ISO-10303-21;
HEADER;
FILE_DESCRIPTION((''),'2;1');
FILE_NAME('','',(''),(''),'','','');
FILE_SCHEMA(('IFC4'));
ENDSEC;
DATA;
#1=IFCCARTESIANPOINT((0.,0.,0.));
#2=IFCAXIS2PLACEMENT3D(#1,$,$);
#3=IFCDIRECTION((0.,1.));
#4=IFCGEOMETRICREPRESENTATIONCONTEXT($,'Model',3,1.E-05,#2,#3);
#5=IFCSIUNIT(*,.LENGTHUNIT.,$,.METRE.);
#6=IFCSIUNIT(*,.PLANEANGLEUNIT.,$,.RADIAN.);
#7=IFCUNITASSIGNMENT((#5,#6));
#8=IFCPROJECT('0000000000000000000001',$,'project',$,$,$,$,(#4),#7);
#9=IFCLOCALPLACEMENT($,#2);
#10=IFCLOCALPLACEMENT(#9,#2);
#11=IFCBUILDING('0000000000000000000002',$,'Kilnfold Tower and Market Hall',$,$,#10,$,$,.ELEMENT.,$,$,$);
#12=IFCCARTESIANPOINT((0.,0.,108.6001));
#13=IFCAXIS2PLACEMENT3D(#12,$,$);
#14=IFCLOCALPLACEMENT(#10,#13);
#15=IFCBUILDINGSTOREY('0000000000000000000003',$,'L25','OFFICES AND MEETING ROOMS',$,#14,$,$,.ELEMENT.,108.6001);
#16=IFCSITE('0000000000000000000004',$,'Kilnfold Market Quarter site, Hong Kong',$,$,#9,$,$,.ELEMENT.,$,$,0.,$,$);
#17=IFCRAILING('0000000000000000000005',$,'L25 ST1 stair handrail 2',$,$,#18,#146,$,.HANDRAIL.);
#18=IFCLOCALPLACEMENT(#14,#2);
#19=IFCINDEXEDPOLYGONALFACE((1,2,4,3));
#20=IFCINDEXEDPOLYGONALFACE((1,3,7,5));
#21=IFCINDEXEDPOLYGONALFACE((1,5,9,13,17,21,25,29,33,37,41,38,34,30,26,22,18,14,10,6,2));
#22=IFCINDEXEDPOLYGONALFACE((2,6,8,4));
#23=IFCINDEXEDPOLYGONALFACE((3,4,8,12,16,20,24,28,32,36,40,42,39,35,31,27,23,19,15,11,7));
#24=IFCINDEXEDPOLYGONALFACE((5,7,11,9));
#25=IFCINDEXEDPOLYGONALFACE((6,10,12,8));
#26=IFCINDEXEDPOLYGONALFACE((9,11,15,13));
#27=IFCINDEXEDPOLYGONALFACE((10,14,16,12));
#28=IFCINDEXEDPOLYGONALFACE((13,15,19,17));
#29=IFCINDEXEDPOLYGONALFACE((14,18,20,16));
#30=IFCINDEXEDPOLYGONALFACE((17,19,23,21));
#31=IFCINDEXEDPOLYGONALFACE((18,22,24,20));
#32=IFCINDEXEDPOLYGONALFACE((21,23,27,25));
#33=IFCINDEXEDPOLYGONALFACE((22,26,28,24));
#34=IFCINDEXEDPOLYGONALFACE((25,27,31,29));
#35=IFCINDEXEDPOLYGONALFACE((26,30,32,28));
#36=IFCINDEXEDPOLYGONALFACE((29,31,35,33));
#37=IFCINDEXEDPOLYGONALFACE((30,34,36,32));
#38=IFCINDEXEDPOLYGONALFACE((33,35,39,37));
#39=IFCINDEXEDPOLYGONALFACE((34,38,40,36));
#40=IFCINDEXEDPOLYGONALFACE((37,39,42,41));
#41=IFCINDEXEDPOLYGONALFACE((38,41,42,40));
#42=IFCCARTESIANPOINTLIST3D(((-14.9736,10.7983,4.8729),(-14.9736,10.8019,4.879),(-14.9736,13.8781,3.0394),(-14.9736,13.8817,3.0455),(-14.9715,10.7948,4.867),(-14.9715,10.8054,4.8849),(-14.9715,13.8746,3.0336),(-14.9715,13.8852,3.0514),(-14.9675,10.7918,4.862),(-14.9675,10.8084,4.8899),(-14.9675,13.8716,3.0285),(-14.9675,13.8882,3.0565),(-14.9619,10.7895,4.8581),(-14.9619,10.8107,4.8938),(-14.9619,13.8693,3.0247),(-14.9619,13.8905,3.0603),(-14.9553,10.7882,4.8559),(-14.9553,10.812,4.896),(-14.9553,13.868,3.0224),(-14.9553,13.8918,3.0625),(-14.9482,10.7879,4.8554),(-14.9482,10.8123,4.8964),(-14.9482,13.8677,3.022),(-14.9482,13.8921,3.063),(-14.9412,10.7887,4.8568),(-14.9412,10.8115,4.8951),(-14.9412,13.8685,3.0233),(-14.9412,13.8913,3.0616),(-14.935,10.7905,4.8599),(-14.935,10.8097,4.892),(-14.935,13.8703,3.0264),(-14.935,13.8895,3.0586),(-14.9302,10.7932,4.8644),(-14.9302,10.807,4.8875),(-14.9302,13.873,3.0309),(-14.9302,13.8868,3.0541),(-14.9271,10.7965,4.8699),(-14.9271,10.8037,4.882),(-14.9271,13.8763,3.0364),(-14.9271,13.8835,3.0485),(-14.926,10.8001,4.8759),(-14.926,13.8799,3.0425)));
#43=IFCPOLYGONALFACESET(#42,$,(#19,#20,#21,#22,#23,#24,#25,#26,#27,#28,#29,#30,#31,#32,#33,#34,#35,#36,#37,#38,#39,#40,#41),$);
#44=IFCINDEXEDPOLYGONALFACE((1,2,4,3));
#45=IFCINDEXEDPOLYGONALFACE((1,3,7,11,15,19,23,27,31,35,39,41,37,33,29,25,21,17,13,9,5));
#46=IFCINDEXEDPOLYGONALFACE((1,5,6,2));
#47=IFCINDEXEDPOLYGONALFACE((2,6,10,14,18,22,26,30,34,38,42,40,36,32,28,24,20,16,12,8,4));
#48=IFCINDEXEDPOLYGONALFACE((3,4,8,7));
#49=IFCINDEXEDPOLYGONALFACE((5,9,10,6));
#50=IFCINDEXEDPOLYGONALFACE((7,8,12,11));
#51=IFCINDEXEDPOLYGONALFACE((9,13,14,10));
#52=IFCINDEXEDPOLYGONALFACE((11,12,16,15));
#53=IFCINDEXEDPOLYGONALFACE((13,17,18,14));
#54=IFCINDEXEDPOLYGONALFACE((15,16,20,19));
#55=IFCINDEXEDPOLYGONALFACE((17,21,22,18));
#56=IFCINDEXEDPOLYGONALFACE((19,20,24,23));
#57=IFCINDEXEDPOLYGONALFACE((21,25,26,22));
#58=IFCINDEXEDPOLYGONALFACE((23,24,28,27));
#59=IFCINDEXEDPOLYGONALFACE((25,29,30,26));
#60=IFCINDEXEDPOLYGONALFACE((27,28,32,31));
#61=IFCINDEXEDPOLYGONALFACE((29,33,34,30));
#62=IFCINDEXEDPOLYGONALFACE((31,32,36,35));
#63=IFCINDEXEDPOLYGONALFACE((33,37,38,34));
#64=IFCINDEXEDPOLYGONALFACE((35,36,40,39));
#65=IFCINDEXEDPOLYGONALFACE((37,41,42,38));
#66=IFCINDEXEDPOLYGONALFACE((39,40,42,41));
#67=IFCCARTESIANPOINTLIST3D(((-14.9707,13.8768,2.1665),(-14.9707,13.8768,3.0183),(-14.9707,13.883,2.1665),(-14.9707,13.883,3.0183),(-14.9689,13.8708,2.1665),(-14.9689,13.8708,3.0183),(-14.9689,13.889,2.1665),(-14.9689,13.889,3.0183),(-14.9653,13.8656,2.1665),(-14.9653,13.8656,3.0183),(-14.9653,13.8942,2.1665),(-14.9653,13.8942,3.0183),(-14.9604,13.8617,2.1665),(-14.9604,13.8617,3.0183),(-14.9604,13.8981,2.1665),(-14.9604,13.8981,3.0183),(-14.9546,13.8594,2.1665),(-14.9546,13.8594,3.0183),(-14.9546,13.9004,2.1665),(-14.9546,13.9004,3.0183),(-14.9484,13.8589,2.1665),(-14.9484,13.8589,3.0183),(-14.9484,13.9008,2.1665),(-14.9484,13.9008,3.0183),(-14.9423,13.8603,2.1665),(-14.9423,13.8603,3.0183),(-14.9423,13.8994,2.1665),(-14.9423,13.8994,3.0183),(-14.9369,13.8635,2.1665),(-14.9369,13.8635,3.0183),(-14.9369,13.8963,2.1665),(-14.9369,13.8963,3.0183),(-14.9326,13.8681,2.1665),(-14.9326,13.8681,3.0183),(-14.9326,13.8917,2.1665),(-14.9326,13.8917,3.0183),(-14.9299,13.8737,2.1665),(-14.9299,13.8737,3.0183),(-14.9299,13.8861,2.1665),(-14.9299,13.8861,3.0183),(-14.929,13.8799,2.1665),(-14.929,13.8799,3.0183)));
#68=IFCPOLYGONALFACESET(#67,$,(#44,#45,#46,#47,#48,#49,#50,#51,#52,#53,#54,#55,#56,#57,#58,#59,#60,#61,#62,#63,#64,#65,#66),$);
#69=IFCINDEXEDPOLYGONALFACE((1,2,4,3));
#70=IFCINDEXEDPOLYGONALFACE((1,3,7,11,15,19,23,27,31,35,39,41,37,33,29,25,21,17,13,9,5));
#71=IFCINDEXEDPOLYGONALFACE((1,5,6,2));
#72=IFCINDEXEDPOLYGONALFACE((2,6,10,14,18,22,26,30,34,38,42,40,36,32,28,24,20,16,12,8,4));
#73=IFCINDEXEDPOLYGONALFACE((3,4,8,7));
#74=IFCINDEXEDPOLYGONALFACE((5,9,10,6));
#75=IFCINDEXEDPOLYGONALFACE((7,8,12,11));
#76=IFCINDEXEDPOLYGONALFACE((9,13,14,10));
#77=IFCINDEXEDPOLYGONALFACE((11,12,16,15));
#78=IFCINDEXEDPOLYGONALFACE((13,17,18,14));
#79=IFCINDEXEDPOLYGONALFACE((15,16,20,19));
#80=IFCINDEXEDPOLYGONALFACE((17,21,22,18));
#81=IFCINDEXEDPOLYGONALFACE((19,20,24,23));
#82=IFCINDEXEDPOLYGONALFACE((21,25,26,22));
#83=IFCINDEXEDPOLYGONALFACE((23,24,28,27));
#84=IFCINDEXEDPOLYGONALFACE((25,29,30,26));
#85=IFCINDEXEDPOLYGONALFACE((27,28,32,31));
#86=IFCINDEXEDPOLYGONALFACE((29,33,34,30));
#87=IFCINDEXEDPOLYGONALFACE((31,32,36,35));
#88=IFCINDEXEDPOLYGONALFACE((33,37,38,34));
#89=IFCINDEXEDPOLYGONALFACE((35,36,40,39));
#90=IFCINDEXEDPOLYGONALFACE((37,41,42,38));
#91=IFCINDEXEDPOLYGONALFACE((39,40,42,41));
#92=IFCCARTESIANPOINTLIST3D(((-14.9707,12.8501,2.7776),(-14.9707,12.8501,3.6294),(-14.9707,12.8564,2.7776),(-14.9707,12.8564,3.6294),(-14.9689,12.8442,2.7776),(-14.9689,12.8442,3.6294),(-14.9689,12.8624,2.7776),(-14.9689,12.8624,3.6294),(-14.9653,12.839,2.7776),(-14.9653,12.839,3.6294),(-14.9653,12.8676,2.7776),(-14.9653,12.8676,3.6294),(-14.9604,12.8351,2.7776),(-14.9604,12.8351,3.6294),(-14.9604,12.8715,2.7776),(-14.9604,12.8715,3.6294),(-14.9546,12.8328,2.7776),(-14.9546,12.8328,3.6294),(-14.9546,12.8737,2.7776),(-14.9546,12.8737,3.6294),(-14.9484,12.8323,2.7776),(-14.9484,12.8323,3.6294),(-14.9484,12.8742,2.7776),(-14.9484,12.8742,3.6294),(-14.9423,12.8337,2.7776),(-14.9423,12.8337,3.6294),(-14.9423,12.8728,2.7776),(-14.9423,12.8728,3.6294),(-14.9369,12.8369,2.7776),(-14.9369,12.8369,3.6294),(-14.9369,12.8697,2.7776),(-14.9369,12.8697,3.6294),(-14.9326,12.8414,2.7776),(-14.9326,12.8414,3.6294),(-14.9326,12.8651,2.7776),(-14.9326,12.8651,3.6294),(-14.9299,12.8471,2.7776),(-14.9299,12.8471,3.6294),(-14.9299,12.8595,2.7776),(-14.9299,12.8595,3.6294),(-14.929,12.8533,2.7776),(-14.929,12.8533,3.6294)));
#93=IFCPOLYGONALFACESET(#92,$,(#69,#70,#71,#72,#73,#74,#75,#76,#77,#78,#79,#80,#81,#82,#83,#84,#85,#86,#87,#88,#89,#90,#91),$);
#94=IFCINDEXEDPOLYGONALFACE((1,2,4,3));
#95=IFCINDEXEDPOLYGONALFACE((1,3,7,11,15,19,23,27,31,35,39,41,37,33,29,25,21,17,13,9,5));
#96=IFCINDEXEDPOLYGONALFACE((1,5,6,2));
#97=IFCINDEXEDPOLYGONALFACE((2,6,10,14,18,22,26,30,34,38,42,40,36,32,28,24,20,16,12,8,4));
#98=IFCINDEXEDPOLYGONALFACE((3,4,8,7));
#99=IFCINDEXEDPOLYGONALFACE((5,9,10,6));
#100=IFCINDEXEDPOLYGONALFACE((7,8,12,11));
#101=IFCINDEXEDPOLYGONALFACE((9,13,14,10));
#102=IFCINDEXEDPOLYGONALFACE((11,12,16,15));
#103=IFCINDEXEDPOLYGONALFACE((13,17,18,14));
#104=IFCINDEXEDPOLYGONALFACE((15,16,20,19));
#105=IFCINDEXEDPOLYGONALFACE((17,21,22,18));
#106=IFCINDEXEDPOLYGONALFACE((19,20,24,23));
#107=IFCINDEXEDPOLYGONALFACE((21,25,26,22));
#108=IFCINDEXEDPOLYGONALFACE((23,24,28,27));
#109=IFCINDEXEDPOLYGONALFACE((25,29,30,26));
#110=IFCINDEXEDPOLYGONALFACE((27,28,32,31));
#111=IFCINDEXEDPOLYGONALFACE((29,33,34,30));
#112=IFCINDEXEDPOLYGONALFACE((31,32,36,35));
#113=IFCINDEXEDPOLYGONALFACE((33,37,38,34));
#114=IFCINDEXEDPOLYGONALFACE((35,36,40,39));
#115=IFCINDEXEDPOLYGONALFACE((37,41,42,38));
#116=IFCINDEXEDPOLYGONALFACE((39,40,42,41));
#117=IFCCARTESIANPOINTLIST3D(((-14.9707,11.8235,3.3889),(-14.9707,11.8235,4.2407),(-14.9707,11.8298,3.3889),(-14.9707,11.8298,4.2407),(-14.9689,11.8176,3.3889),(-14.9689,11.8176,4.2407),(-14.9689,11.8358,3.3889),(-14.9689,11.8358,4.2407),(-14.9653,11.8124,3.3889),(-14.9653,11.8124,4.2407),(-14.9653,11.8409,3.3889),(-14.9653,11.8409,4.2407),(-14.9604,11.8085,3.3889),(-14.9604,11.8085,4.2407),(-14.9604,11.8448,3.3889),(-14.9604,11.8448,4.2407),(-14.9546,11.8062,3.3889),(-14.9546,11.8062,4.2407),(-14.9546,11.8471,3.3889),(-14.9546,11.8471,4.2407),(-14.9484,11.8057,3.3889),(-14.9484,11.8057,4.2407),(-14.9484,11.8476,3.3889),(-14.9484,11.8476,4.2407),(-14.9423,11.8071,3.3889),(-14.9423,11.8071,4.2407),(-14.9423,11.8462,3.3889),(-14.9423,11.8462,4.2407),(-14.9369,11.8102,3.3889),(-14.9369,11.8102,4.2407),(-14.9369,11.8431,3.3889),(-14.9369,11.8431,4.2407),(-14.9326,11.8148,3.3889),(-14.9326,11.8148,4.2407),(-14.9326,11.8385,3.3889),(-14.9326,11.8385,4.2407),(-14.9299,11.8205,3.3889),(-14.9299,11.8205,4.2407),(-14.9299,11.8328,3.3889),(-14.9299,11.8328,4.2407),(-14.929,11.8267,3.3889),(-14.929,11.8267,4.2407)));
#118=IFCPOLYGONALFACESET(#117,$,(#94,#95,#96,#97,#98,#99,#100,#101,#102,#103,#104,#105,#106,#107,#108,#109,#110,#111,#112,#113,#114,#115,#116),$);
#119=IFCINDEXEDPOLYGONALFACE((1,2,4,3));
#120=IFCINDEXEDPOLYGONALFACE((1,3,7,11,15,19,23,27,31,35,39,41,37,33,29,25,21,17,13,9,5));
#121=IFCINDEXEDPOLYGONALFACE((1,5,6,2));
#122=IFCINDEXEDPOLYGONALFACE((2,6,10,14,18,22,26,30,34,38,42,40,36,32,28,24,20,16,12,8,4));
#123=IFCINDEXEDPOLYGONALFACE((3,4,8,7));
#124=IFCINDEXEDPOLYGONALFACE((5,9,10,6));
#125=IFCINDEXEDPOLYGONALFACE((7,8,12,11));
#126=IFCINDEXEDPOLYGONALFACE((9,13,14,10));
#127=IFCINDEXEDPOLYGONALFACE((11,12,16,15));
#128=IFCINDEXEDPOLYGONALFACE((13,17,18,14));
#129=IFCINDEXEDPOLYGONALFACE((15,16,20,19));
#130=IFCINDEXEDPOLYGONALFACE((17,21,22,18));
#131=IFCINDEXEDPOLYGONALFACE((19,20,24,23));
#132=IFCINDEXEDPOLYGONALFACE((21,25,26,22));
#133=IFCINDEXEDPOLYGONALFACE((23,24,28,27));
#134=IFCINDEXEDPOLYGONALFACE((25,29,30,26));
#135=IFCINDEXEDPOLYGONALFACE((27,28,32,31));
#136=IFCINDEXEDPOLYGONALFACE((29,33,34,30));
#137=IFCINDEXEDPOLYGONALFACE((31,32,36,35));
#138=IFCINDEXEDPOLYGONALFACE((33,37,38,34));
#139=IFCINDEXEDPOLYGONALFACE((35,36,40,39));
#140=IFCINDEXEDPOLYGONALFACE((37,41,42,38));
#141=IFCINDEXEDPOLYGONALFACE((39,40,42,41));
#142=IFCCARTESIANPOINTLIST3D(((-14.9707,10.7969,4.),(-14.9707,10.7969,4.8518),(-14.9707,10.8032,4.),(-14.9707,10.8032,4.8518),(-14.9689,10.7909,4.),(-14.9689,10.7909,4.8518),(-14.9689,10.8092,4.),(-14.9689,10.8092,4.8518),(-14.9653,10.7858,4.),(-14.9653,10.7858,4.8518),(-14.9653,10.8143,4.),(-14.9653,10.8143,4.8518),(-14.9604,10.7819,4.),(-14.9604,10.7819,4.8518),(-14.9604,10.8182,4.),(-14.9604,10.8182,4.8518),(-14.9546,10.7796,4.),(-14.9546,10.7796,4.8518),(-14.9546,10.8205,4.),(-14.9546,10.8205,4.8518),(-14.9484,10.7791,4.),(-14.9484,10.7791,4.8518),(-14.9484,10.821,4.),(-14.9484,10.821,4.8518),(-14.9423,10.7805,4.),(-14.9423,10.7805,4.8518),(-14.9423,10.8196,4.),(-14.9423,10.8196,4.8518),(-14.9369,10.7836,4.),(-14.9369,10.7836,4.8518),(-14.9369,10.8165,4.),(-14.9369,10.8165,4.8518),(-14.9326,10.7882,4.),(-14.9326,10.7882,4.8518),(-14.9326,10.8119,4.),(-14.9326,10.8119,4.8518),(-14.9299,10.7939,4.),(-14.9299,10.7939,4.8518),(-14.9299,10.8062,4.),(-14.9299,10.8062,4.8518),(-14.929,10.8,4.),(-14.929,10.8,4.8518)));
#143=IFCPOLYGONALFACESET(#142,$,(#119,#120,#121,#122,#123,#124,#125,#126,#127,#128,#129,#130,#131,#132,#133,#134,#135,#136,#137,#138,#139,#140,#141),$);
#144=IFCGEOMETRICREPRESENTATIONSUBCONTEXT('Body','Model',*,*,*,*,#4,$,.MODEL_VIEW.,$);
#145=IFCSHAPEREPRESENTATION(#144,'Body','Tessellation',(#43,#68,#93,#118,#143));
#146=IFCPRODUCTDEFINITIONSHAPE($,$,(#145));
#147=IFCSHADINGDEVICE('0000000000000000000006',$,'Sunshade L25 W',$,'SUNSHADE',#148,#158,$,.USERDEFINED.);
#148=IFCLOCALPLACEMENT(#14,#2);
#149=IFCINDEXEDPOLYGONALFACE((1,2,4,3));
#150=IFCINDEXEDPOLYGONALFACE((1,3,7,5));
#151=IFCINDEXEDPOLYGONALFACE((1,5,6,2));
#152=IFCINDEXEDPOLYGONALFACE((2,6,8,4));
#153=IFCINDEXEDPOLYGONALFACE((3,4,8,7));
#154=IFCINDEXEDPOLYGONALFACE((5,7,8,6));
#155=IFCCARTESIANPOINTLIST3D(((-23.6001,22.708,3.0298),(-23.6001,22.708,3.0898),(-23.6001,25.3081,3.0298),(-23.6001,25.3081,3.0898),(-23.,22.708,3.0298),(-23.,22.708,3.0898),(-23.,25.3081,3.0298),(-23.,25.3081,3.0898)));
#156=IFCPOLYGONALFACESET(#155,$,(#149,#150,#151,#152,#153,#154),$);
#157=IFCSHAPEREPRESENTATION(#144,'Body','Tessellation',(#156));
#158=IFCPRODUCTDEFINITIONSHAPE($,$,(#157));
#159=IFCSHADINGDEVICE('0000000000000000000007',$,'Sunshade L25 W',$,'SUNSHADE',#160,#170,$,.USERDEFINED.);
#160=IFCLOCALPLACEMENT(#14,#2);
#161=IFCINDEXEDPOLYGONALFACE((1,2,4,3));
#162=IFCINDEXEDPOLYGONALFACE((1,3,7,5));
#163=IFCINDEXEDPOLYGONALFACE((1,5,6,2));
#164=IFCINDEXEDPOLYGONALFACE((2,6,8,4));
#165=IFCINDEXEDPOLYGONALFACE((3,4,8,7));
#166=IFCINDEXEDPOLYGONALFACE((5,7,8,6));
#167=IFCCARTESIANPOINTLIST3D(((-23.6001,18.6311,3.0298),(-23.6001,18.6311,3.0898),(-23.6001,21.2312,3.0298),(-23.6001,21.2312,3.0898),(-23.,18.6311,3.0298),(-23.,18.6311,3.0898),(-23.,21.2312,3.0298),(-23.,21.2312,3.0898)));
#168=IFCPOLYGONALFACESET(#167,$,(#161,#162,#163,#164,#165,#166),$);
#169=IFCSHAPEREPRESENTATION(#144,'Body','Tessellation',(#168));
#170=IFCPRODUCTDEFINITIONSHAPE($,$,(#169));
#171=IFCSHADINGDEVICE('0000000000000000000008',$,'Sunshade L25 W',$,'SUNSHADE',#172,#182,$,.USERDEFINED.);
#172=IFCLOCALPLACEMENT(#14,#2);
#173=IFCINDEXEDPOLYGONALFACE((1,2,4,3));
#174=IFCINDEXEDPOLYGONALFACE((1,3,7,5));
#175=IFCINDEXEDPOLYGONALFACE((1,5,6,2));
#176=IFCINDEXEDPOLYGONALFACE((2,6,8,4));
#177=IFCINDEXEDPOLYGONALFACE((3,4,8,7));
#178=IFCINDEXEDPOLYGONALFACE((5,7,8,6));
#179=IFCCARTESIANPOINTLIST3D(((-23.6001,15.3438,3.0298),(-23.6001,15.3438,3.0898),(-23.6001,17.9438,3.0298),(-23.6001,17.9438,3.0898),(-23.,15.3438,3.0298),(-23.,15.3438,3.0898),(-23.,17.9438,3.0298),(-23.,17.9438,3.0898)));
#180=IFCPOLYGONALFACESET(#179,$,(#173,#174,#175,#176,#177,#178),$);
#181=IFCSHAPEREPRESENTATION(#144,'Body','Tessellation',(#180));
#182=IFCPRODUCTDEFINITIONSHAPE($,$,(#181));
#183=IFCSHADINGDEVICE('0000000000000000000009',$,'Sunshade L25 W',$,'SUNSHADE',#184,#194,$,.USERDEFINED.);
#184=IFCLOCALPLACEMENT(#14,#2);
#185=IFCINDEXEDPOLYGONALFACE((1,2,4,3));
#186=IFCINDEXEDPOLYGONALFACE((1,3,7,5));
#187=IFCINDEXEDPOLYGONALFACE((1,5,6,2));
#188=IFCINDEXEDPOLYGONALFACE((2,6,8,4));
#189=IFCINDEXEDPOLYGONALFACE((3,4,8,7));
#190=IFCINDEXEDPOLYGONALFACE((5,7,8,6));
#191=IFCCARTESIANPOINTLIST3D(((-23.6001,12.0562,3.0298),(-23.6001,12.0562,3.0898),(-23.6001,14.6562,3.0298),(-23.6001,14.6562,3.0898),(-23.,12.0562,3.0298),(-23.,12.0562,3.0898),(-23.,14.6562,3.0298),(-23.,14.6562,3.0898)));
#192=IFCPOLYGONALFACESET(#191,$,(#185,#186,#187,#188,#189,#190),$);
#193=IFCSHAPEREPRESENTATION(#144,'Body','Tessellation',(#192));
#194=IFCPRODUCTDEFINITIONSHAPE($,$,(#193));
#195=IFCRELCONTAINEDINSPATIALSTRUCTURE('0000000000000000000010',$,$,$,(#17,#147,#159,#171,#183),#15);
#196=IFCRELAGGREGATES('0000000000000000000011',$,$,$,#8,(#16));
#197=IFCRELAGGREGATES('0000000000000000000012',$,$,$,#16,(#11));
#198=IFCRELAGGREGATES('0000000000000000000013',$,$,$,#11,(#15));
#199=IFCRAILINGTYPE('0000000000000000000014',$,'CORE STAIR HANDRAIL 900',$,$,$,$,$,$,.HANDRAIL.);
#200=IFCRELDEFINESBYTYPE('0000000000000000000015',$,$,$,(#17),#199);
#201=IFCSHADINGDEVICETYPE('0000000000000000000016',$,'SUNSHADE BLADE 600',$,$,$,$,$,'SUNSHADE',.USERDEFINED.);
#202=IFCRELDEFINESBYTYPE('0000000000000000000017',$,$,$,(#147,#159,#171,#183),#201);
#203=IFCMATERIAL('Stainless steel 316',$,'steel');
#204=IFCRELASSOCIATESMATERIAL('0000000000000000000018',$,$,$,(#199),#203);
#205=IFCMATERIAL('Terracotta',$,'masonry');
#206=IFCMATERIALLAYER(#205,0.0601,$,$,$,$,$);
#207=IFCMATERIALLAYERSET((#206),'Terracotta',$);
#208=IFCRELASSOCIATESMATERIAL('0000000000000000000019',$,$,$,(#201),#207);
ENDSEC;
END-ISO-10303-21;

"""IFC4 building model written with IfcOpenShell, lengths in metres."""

from ifc_helpers import new_model, si_unit, direction, frame, origin, origin_2d, place, context, subcontext, project, spatial, rectangle, circle, extrude, source, transform, mapped, material, layer, layer_set, type_object, element, save


model = new_model("IFC4")

# Units and contexts
model_context = context("Model", 3, precision=1e-05, world=origin(), true_north=direction((0.0, 1.0)))
body_context = subcontext(model_context, "Body", "Model", "MODEL_VIEW")
ifc_project = project(units=[si_unit("LENGTHUNIT", "METRE"), si_unit("PLANEANGLEUNIT", "RADIAN")], contexts=[model_context])

# Site, building, storey
site_placement = place(None, origin())
site = spatial("IfcSite", under=ifc_project, at=site_placement, Name="Kilnfold Market Quarter site, Hong Kong", CompositionType="ELEMENT", RefElevation=0.0)
building_placement = place(site_placement, origin())
building = spatial("IfcBuilding", under=site, at=building_placement, Name="Kilnfold Tower and Market Hall", CompositionType="ELEMENT")
storey_placement = place(building_placement, frame((0.0, 0.0, 108.6001)))
storey = spatial("IfcBuildingStorey", under=building, at=storey_placement, Name="L25", Description="OFFICES AND MEETING ROOMS", CompositionType="ELEMENT", Elevation=108.6001)

# Railing
ifc_material_1 = material(Name="Stainless steel 316", Category="steel")
railing_type = type_object("IfcRailingType", Name="CORE STAIR HANDRAIL 900", PredefinedType="HANDRAIL", material=ifc_material_1)
railing_placement = place(storey_placement, frame((-14.95, 13.8799, 2.1665)))
element("IfcRailing", 1, at=railing_placement, inside=storey, type_object=railing_type, Name="L25 ST1 stair handrail 2", PredefinedType="HANDRAIL", context=body_context, shape_type="SweptSolid", body=[
    extrude(circle(Radius=0.0239, at=origin_2d()), frame((0.0, 0.0, 0.876), z_axis=(0.0, -0.859261, 0.511538), x_axis=(1.0, 0.0, 0.0)), (0.0, 0.0, 1.0), 3.5842),
    extrude(circle(Radius=0.021, at=origin_2d()), origin(), (0.0, 0.0, 1.0), 0.8518),
    extrude(circle(Radius=0.021, at=origin_2d()), frame((0.0, -1.0266, 0.6111)), (0.0, 0.0, 1.0), 0.8518),
    extrude(circle(Radius=0.021, at=origin_2d()), frame((0.0, -2.0532, 1.2224)), (0.0, 0.0, 1.0), 0.8518),
    extrude(circle(Radius=0.021, at=origin_2d()), frame((0.0, -3.0798, 1.8335)), (0.0, 0.0, 1.0), 0.8518),
])

# Shading devices
ifc_material_2 = material(Name="Terracotta", Category="masonry")
ifc_layer_1 = layer(ifc_material_2, 0.0601)
ifc_layer_set_1 = layer_set([ifc_layer_1], Name="Terracotta")
shading_device_type = type_object("IfcShadingDeviceType", Name="SUNSHADE BLADE 600", ElementType="SUNSHADE", PredefinedType="USERDEFINED", material=ifc_layer_set_1)
shared_shape_1 = source(origin(), body_context, "Body", "SweptSolid", [
    extrude(rectangle(XDim=2.6001, YDim=0.6001, at=origin_2d()), origin(), (0.0, 0.0, 1.0), 0.0601),
])
for number, where, z_axis, x_axis, name in (
    (2, (-23.3, 24.0081, 3.0298), (0.0, 0.0, 1.0), (0.0, -1.0, 0.0), "Sunshade L25 W"),
    (3, (-23.3, 19.9312, 3.0298), (0.0, 0.0, 1.0), (0.0, -1.0, 0.0), "Sunshade L25 W"),
    (4, (-23.3, 16.6438, 3.0298), (0.0, 0.0, 1.0), (0.0, -1.0, 0.0), "Sunshade L25 W"),
    (5, (-23.3, 13.3562, 3.0298), (0.0, 0.0, 1.0), (0.0, -1.0, 0.0), "Sunshade L25 W"),
):
    element("IfcShadingDevice", number, at=place(storey_placement, frame(where, z_axis=z_axis, x_axis=x_axis)), inside=storey, type_object=shading_device_type, Name=name, ObjectType="SUNSHADE", PredefinedType="USERDEFINED", context=body_context, shape_type="MappedRepresentation", body=[
        mapped(shared_shape_1, transform((0.0, 0.0, 0.0))),
    ])

save(model, "model.ifc")
